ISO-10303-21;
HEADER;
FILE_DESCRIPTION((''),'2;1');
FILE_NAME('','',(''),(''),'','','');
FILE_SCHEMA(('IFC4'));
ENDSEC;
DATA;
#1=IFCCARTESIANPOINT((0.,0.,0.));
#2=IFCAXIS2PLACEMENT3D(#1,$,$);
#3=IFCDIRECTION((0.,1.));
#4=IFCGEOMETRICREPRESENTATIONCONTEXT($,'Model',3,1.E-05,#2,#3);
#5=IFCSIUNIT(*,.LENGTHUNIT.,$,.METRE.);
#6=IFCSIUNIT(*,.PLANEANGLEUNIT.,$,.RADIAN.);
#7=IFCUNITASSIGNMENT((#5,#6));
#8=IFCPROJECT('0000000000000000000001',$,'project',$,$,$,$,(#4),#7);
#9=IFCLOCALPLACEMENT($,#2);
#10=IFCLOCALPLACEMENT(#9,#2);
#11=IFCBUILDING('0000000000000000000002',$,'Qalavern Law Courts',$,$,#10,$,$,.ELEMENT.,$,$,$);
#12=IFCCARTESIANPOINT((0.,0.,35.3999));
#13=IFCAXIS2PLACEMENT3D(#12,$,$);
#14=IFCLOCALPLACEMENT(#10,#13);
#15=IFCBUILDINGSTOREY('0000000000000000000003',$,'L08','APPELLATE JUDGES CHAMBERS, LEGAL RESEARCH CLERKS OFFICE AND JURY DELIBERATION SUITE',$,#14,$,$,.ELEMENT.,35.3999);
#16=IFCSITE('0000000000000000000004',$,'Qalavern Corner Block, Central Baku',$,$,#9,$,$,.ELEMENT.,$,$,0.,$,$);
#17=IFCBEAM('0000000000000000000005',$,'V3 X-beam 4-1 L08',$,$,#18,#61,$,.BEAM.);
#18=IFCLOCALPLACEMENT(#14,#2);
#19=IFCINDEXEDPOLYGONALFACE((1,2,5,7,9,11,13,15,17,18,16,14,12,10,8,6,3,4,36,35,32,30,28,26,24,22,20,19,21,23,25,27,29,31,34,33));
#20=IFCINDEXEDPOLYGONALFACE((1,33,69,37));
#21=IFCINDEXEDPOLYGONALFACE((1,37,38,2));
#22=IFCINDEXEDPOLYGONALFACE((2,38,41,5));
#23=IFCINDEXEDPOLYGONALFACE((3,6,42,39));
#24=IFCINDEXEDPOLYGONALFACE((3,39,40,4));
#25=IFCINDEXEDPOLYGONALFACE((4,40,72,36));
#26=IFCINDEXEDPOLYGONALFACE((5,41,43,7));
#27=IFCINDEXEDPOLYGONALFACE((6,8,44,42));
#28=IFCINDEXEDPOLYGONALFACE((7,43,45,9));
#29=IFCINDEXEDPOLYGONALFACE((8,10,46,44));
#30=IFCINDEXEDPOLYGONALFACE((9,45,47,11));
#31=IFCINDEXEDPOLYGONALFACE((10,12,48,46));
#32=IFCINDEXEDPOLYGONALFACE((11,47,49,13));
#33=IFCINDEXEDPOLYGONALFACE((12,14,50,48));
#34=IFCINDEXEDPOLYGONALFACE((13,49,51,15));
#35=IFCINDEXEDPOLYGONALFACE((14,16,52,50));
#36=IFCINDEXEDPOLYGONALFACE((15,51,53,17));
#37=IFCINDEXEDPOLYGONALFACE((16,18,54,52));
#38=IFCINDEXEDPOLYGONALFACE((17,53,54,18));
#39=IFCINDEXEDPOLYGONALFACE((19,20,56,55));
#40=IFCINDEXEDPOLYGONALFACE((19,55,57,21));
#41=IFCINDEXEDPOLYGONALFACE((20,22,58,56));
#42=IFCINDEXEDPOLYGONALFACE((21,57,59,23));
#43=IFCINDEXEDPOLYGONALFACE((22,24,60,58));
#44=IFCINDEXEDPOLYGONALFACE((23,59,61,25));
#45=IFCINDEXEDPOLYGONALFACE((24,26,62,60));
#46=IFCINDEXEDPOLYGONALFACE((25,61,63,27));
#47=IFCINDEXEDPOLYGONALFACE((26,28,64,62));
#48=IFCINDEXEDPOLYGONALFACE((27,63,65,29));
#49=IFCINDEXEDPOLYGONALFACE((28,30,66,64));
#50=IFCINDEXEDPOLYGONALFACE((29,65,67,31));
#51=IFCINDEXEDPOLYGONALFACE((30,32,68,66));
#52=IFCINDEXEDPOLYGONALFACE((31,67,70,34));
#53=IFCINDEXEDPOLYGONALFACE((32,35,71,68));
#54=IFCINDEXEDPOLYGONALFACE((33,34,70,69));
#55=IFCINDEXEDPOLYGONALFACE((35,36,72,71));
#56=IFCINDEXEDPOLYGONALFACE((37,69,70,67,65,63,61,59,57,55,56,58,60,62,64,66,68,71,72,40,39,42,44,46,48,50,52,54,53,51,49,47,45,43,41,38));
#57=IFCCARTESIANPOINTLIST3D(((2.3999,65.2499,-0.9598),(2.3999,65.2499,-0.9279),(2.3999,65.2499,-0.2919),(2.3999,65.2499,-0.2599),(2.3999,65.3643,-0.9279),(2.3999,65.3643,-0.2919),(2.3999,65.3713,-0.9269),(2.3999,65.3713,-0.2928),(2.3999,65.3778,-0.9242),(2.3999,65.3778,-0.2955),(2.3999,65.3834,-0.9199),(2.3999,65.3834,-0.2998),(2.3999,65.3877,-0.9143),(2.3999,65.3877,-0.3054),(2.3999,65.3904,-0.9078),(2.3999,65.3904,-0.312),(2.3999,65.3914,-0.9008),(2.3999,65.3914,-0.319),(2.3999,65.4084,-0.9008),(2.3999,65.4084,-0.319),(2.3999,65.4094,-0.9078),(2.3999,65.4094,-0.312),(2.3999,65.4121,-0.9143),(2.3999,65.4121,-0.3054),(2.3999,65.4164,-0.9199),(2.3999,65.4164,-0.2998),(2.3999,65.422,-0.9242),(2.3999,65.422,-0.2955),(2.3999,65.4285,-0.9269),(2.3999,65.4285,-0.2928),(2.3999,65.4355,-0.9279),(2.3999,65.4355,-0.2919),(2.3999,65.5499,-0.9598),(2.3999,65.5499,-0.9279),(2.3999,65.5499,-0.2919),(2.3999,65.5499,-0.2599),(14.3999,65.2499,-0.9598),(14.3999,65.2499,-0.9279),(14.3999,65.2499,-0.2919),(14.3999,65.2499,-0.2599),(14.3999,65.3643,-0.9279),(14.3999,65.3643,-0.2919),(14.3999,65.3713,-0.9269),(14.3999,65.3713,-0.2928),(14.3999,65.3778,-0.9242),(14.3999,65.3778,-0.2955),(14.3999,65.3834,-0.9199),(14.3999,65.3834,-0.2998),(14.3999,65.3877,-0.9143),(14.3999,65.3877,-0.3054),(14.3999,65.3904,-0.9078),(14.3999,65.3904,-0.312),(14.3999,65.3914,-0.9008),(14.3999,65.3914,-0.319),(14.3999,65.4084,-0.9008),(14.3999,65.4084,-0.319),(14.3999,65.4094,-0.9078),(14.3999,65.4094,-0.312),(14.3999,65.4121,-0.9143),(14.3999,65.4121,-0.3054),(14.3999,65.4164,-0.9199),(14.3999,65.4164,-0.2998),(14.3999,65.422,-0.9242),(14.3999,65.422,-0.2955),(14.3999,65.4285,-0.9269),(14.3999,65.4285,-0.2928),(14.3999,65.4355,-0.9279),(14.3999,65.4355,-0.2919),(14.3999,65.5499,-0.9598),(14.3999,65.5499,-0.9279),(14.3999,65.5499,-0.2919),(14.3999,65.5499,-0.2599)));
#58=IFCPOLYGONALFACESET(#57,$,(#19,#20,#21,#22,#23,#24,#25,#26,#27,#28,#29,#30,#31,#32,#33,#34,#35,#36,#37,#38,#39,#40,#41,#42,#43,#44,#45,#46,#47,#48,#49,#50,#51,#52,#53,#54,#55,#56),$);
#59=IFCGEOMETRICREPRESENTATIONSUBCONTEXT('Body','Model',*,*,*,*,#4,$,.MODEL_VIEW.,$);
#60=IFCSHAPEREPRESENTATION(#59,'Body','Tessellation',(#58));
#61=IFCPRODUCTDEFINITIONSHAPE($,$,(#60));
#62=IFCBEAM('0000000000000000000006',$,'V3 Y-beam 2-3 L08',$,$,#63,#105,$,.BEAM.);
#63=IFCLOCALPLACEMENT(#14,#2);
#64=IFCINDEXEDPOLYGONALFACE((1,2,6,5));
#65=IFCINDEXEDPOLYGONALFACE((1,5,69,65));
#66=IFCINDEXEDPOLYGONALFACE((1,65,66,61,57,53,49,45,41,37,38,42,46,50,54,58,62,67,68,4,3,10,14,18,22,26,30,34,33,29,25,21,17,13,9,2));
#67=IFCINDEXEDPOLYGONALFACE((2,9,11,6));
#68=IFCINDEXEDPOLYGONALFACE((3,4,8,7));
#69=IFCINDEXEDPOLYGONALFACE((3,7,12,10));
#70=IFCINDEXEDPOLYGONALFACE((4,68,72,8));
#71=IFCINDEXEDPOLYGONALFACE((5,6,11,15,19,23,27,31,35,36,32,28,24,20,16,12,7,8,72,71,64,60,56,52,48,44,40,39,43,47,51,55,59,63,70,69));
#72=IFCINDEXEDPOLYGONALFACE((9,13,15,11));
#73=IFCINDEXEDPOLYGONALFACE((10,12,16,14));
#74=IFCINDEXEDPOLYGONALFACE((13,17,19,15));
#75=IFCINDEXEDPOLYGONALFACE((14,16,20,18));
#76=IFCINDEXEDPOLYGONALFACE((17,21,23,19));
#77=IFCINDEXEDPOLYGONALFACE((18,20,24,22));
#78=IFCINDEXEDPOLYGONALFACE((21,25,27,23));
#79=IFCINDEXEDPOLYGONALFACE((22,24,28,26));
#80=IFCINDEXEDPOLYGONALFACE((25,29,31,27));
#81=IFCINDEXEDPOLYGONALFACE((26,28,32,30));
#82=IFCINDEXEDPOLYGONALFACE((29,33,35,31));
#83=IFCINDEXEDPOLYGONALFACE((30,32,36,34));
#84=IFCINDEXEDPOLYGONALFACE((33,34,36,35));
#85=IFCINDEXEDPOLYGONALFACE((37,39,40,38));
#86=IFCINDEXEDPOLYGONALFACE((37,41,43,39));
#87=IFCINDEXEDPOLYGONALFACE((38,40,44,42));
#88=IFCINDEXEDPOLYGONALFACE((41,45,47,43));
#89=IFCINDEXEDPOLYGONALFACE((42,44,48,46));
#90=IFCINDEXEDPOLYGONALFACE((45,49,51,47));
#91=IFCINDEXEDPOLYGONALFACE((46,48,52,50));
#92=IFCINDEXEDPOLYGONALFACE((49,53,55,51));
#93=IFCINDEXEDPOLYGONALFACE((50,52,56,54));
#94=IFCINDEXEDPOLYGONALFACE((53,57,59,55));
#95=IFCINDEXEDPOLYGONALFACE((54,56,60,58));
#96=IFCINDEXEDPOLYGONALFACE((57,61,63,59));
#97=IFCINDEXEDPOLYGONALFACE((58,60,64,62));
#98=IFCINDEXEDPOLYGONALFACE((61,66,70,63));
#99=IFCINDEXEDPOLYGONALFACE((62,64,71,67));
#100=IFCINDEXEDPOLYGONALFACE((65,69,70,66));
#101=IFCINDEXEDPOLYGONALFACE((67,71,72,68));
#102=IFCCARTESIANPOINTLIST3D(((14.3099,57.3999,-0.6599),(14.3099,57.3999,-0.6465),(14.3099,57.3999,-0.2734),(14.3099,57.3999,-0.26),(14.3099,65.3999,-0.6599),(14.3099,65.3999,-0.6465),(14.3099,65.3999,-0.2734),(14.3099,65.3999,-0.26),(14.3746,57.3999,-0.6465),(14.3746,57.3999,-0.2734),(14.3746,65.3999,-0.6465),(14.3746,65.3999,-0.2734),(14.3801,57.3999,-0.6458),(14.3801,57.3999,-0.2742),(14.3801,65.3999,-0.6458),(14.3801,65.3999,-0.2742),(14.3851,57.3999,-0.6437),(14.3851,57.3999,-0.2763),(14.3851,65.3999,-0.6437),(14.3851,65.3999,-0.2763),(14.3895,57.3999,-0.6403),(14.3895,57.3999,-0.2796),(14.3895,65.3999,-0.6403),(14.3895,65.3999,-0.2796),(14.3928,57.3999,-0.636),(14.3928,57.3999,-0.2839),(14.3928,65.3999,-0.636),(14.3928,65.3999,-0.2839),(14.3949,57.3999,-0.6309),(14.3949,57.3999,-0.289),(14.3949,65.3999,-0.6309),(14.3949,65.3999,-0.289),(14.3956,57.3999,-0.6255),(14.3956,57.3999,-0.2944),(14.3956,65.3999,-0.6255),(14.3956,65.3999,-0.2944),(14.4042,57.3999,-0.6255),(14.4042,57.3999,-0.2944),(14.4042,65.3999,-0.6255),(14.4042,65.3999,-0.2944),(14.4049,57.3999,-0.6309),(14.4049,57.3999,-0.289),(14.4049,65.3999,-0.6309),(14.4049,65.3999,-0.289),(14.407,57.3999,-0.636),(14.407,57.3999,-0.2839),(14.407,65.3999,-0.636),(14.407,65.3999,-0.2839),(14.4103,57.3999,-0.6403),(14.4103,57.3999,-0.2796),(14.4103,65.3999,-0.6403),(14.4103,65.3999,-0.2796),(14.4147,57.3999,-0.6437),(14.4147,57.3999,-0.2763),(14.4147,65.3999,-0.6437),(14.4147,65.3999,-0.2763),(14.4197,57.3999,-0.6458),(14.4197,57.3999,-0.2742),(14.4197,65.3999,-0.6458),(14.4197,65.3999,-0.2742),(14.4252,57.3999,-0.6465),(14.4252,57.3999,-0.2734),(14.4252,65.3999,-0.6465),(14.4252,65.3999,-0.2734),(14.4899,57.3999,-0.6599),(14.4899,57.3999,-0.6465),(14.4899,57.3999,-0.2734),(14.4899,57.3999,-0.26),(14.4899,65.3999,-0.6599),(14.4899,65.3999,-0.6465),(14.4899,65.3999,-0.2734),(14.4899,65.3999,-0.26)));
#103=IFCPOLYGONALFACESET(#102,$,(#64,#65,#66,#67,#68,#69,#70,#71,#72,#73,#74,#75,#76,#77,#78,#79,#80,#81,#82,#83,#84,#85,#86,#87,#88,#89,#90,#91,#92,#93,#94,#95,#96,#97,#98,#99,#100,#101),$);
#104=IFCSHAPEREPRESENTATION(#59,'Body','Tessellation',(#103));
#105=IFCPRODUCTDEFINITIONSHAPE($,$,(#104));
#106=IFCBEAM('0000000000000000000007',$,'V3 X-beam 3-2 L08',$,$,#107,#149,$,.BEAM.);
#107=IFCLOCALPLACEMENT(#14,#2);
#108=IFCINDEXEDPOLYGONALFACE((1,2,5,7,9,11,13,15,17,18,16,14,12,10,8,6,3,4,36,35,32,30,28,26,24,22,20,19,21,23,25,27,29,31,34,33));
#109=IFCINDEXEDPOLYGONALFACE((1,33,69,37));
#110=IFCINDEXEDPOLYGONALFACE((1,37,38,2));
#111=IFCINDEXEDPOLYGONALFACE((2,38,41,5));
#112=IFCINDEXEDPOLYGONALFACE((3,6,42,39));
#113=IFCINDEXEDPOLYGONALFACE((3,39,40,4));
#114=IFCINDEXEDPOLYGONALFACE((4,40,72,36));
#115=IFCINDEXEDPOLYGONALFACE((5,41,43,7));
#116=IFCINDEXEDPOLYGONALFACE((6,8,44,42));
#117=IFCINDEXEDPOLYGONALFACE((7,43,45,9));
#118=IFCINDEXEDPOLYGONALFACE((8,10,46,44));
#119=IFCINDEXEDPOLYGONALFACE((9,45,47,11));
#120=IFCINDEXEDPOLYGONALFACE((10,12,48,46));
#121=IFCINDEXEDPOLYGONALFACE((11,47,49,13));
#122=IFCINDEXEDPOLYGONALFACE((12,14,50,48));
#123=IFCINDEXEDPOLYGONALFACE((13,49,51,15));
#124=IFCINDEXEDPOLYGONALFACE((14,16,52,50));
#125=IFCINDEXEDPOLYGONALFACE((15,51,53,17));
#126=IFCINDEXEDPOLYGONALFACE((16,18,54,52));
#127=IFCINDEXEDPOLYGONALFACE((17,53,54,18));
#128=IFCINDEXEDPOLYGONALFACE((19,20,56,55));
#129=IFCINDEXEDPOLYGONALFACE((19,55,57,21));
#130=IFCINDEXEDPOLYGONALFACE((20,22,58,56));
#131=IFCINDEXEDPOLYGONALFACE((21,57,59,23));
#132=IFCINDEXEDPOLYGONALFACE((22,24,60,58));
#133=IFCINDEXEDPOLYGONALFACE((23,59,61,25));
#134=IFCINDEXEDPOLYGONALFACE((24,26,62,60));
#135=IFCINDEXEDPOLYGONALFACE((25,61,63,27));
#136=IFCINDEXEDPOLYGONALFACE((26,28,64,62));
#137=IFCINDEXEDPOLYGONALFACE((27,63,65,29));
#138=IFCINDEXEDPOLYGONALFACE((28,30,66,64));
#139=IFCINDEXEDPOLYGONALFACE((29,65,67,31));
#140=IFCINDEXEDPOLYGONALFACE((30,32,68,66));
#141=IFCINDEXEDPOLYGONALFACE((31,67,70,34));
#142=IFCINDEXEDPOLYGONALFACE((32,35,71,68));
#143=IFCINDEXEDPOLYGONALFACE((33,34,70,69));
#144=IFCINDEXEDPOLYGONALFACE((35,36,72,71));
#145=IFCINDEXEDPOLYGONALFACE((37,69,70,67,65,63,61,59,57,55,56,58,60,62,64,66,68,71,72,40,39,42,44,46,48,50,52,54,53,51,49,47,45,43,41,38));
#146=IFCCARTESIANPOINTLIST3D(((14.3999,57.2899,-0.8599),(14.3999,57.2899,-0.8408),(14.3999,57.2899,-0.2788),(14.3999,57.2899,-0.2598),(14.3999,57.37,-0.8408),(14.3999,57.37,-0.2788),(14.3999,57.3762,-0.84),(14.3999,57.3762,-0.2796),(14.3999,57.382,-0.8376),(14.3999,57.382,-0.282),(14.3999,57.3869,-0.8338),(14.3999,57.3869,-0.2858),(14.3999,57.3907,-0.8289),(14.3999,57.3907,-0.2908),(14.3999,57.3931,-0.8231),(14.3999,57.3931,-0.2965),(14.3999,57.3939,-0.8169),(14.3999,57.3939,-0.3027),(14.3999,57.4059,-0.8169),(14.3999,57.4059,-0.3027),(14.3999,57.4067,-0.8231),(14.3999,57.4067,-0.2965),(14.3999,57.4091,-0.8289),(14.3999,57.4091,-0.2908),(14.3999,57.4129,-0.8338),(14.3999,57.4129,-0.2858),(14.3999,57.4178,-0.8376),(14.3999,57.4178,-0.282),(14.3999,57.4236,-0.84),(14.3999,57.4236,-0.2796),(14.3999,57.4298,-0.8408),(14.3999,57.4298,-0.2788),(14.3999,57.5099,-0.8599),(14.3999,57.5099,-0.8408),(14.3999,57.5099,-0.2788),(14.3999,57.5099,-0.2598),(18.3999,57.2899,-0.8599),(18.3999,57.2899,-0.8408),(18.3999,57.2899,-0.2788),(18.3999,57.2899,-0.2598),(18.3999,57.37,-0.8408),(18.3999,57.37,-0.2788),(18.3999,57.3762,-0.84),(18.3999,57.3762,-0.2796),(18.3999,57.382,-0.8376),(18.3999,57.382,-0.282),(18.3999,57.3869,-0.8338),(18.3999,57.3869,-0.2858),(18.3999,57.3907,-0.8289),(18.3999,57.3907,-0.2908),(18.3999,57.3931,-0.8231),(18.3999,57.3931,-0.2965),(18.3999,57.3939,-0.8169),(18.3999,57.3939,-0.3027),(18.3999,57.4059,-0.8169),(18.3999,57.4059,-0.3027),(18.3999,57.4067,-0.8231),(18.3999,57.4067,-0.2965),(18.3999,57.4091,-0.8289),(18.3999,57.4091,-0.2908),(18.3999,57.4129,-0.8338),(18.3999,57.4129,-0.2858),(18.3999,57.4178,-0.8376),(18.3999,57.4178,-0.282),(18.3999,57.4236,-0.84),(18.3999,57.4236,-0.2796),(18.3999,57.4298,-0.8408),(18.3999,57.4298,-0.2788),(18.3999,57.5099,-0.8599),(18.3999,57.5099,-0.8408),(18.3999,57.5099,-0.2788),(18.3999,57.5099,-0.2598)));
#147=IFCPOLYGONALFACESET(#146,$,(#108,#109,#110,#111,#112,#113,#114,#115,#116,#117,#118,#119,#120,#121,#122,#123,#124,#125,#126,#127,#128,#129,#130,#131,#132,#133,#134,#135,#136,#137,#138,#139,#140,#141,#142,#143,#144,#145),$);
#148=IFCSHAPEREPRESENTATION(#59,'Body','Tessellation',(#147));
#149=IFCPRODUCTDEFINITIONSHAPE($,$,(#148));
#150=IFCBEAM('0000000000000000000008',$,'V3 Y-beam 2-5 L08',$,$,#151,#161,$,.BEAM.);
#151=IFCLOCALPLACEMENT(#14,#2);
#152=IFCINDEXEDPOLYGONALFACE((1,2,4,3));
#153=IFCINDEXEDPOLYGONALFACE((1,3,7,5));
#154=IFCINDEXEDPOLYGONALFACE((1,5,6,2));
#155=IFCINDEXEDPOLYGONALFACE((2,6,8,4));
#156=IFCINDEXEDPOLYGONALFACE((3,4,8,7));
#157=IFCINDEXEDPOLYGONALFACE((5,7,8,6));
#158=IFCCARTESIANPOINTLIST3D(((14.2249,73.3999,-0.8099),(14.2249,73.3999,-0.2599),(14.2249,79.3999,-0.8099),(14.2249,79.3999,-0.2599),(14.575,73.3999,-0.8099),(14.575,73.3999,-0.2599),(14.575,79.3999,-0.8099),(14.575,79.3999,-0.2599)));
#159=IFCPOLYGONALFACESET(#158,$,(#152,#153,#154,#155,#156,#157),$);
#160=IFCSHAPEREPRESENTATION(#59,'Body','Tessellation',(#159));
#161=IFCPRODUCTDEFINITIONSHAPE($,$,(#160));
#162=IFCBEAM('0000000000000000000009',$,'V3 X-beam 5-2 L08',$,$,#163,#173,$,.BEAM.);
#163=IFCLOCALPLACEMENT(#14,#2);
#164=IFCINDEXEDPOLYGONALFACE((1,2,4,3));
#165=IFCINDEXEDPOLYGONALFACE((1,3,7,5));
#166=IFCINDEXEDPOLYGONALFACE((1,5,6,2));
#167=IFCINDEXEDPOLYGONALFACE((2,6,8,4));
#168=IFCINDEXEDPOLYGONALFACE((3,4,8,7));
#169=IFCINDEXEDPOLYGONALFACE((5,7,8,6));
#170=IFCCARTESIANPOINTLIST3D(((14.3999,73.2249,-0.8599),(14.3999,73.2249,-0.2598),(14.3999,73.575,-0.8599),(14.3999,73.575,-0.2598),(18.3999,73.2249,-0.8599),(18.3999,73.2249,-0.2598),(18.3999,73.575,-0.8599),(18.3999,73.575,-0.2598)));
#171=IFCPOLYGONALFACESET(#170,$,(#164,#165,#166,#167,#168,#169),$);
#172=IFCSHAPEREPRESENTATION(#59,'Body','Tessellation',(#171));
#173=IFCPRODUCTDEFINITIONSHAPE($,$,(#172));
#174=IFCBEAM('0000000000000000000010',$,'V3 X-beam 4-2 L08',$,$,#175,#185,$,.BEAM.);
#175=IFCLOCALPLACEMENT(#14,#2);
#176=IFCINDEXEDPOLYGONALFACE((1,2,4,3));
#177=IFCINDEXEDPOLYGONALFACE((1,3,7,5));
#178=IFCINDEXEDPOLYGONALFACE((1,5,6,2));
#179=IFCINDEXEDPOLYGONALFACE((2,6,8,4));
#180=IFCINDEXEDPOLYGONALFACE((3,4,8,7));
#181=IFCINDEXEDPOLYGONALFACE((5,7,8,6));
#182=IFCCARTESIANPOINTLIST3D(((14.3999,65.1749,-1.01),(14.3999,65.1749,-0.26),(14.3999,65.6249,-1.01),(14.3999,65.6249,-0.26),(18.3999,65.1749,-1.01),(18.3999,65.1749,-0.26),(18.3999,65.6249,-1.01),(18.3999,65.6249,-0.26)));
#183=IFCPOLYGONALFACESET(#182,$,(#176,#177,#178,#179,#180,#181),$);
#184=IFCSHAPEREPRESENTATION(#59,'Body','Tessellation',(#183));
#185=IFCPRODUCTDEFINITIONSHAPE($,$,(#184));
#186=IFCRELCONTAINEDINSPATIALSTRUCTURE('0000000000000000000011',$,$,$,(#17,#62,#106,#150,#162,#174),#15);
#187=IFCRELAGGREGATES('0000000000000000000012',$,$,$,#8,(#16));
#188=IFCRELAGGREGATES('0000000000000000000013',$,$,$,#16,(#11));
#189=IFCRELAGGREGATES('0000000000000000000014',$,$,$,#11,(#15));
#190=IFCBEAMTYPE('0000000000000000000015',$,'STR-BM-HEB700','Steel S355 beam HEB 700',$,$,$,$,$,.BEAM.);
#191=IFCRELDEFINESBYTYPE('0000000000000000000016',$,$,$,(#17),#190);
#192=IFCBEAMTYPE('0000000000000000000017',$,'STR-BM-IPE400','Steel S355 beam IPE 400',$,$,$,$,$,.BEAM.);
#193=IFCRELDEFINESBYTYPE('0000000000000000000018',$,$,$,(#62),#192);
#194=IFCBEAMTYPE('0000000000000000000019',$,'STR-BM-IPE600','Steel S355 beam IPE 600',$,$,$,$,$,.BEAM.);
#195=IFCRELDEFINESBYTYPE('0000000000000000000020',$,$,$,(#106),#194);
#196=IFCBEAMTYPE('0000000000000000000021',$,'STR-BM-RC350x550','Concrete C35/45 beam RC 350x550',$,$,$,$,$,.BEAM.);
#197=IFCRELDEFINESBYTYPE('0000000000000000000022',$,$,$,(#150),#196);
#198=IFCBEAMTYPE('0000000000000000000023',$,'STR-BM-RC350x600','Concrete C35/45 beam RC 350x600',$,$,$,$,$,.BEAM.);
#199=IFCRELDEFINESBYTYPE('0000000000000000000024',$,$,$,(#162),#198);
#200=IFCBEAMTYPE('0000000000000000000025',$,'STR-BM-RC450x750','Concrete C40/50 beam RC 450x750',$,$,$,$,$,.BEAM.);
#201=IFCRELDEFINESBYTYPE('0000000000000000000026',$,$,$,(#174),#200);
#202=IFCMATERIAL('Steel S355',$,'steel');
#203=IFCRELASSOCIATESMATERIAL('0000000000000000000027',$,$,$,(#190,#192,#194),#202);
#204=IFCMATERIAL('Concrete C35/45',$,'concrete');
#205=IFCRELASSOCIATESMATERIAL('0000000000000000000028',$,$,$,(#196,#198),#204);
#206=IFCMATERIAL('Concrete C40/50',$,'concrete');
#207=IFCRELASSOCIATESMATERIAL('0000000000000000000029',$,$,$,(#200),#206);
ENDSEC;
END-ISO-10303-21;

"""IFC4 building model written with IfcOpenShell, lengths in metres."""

from ifc_helpers import new_model, si_unit, direction, frame, origin, origin_2d, place, context, subcontext, project, spatial, rectangle, i_section, extrude, material, material_profile, profile_set, type_object, element, save


model = new_model("IFC4")

# Units and contexts
model_context = context("Model", 3, precision=1e-05, world=origin(), true_north=direction((0.0, 1.0)))
body_context = subcontext(model_context, "Body", "Model", "MODEL_VIEW")
ifc_project = project(units=[si_unit("LENGTHUNIT", "METRE"), si_unit("PLANEANGLEUNIT", "RADIAN")], contexts=[model_context])

# Site, building, storey
site_placement = place(None, origin())
site = spatial("IfcSite", under=ifc_project, at=site_placement, Name="Qalavern Corner Block, Central Baku", CompositionType="ELEMENT", RefElevation=0.0)
building_placement = place(site_placement, origin())
building = spatial("IfcBuilding", under=site, at=building_placement, Name="Qalavern Law Courts", CompositionType="ELEMENT")
storey_placement = place(building_placement, frame((0.0, 0.0, 35.3999)))
storey = spatial("IfcBuildingStorey", under=building, at=storey_placement, Name="L08", Description="APPELLATE JUDGES CHAMBERS, LEGAL RESEARCH CLERKS OFFICE AND JURY DELIBERATION SUITE", CompositionType="ELEMENT", Elevation=35.3999)

# Beams
ifc_material_1 = material(Name="Steel S355", Category="steel")
ifc_material_profile_1 = material_profile(ifc_material_1, i_section(OverallWidth=0.3, OverallDepth=0.7, WebThickness=0.0171, FlangeThickness=0.032, FilletRadius=0.0271, at=origin_2d()), Name="HEB 700")
ifc_profile_set_1 = profile_set([ifc_material_profile_1], Name="Steel S355")
beam_type_1 = type_object("IfcBeamType", Name="STR-BM-HEB700", Description="Steel S355 beam HEB 700", PredefinedType="BEAM", material=ifc_profile_set_1)
beam_1_placement = place(storey_placement, frame((2.3999, 65.3999, -0.6099), z_axis=(1.0, 0.0, 0.0), x_axis=(0.0, 1.0, 0.0)))
element("IfcBeam", 1, at=beam_1_placement, inside=storey, type_object=beam_type_1, Name="V3 X-beam 4-1 L08", PredefinedType="BEAM", context=body_context, shape_type="SweptSolid", body=[
    extrude(i_section(OverallWidth=0.3, OverallDepth=0.7, WebThickness=0.0171, FlangeThickness=0.032, FilletRadius=0.0271, at=origin_2d()), origin(), (0.0, 0.0, 1.0), 12.0),
])
ifc_material_profile_2 = material_profile(ifc_material_1, i_section(OverallWidth=0.1799, OverallDepth=0.3999, WebThickness=0.0085, FlangeThickness=0.0134, FilletRadius=0.021, at=origin_2d()), Name="IPE 400")
ifc_profile_set_2 = profile_set([ifc_material_profile_2], Name="Steel S355")
beam_type_2 = type_object("IfcBeamType", Name="STR-BM-IPE400", Description="Steel S355 beam IPE 400", PredefinedType="BEAM", material=ifc_profile_set_2)
beam_2_placement = place(storey_placement, frame((14.3999, 57.3999, -0.46), z_axis=(0.0, 1.0, 0.0), x_axis=(-1.0, 0.0, 0.0)))
element("IfcBeam", 2, at=beam_2_placement, inside=storey, type_object=beam_type_2, Name="V3 Y-beam 2-3 L08", PredefinedType="BEAM", context=body_context, shape_type="SweptSolid", body=[
    extrude(i_section(OverallWidth=0.1799, OverallDepth=0.3999, WebThickness=0.0085, FlangeThickness=0.0134, FilletRadius=0.021, at=origin_2d()), origin(), (0.0, 0.0, 1.0), 8.0),
])
ifc_material_profile_3 = material_profile(ifc_material_1, i_section(OverallWidth=0.22, OverallDepth=0.6001, WebThickness=0.012, FlangeThickness=0.019, FilletRadius=0.0239, at=origin_2d()), Name="IPE 600")
ifc_profile_set_3 = profile_set([ifc_material_profile_3], Name="Steel S355")
beam_type_3 = type_object("IfcBeamType", Name="STR-BM-IPE600", Description="Steel S355 beam IPE 600", PredefinedType="BEAM", material=ifc_profile_set_3)
beam_3_placement = place(storey_placement, frame((14.3999, 57.3999, -0.5598), z_axis=(1.0, 0.0, 0.0), x_axis=(0.0, 1.0, 0.0)))
element("IfcBeam", 3, at=beam_3_placement, inside=storey, type_object=beam_type_3, Name="V3 X-beam 3-2 L08", PredefinedType="BEAM", context=body_context, shape_type="SweptSolid", body=[
    extrude(i_section(OverallWidth=0.22, OverallDepth=0.6001, WebThickness=0.012, FlangeThickness=0.019, FilletRadius=0.0239, at=origin_2d()), origin(), (0.0, 0.0, 1.0), 4.0),
])
ifc_material_2 = material(Name="Concrete C35/45", Category="concrete")
ifc_material_profile_4 = material_profile(ifc_material_2, rectangle(XDim=0.3501, YDim=0.55, at=origin_2d()), Name="RC 350x550")
ifc_profile_set_4 = profile_set([ifc_material_profile_4], Name="Concrete C35/45")
beam_type_4 = type_object("IfcBeamType", Name="STR-BM-RC350x550", Description="Concrete C35/45 beam RC 350x550", PredefinedType="BEAM", material=ifc_profile_set_4)
beam_4_placement = place(storey_placement, frame((14.3999, 73.3999, -0.5349), z_axis=(0.0, 1.0, 0.0), x_axis=(-1.0, 0.0, 0.0)))
element("IfcBeam", 4, at=beam_4_placement, inside=storey, type_object=beam_type_4, Name="V3 Y-beam 2-5 L08", PredefinedType="BEAM", context=body_context, shape_type="SweptSolid", body=[
    extrude(rectangle(XDim=0.3501, YDim=0.55, at=origin_2d()), origin(), (0.0, 0.0, 1.0), 6.0),
])
ifc_material_profile_5 = material_profile(ifc_material_2, rectangle(XDim=0.3501, YDim=0.6001, at=origin_2d()), Name="RC 350x600")
ifc_profile_set_5 = profile_set([ifc_material_profile_5], Name="Concrete C35/45")
beam_type_5 = type_object("IfcBeamType", Name="STR-BM-RC350x600", Description="Concrete C35/45 beam RC 350x600", PredefinedType="BEAM", material=ifc_profile_set_5)
beam_5_placement = place(storey_placement, frame((14.3999, 73.3999, -0.5598), z_axis=(1.0, 0.0, 0.0), x_axis=(0.0, 1.0, 0.0)))
element("IfcBeam", 5, at=beam_5_placement, inside=storey, type_object=beam_type_5, Name="V3 X-beam 5-2 L08", PredefinedType="BEAM", context=body_context, shape_type="SweptSolid", body=[
    extrude(rectangle(XDim=0.3501, YDim=0.6001, at=origin_2d()), origin(), (0.0, 0.0, 1.0), 4.0),
])
ifc_material_3 = material(Name="Concrete C40/50", Category="concrete")
ifc_material_profile_6 = material_profile(ifc_material_3, rectangle(XDim=0.45, YDim=0.75, at=origin_2d()), Name="RC 450x750")
ifc_profile_set_6 = profile_set([ifc_material_profile_6], Name="Concrete C40/50")
beam_type_6 = type_object("IfcBeamType", Name="STR-BM-RC450x750", Description="Concrete C40/50 beam RC 450x750", PredefinedType="BEAM", material=ifc_profile_set_6)
beam_6_placement = place(storey_placement, frame((14.3999, 65.3999, -0.635), z_axis=(1.0, 0.0, 0.0), x_axis=(0.0, 1.0, 0.0)))
element("IfcBeam", 6, at=beam_6_placement, inside=storey, type_object=beam_type_6, Name="V3 X-beam 4-2 L08", PredefinedType="BEAM", context=body_context, shape_type="SweptSolid", body=[
    extrude(rectangle(XDim=0.45, YDim=0.75, at=origin_2d()), origin(), (0.0, 0.0, 1.0), 4.0),
])

save(model, "model.ifc")
